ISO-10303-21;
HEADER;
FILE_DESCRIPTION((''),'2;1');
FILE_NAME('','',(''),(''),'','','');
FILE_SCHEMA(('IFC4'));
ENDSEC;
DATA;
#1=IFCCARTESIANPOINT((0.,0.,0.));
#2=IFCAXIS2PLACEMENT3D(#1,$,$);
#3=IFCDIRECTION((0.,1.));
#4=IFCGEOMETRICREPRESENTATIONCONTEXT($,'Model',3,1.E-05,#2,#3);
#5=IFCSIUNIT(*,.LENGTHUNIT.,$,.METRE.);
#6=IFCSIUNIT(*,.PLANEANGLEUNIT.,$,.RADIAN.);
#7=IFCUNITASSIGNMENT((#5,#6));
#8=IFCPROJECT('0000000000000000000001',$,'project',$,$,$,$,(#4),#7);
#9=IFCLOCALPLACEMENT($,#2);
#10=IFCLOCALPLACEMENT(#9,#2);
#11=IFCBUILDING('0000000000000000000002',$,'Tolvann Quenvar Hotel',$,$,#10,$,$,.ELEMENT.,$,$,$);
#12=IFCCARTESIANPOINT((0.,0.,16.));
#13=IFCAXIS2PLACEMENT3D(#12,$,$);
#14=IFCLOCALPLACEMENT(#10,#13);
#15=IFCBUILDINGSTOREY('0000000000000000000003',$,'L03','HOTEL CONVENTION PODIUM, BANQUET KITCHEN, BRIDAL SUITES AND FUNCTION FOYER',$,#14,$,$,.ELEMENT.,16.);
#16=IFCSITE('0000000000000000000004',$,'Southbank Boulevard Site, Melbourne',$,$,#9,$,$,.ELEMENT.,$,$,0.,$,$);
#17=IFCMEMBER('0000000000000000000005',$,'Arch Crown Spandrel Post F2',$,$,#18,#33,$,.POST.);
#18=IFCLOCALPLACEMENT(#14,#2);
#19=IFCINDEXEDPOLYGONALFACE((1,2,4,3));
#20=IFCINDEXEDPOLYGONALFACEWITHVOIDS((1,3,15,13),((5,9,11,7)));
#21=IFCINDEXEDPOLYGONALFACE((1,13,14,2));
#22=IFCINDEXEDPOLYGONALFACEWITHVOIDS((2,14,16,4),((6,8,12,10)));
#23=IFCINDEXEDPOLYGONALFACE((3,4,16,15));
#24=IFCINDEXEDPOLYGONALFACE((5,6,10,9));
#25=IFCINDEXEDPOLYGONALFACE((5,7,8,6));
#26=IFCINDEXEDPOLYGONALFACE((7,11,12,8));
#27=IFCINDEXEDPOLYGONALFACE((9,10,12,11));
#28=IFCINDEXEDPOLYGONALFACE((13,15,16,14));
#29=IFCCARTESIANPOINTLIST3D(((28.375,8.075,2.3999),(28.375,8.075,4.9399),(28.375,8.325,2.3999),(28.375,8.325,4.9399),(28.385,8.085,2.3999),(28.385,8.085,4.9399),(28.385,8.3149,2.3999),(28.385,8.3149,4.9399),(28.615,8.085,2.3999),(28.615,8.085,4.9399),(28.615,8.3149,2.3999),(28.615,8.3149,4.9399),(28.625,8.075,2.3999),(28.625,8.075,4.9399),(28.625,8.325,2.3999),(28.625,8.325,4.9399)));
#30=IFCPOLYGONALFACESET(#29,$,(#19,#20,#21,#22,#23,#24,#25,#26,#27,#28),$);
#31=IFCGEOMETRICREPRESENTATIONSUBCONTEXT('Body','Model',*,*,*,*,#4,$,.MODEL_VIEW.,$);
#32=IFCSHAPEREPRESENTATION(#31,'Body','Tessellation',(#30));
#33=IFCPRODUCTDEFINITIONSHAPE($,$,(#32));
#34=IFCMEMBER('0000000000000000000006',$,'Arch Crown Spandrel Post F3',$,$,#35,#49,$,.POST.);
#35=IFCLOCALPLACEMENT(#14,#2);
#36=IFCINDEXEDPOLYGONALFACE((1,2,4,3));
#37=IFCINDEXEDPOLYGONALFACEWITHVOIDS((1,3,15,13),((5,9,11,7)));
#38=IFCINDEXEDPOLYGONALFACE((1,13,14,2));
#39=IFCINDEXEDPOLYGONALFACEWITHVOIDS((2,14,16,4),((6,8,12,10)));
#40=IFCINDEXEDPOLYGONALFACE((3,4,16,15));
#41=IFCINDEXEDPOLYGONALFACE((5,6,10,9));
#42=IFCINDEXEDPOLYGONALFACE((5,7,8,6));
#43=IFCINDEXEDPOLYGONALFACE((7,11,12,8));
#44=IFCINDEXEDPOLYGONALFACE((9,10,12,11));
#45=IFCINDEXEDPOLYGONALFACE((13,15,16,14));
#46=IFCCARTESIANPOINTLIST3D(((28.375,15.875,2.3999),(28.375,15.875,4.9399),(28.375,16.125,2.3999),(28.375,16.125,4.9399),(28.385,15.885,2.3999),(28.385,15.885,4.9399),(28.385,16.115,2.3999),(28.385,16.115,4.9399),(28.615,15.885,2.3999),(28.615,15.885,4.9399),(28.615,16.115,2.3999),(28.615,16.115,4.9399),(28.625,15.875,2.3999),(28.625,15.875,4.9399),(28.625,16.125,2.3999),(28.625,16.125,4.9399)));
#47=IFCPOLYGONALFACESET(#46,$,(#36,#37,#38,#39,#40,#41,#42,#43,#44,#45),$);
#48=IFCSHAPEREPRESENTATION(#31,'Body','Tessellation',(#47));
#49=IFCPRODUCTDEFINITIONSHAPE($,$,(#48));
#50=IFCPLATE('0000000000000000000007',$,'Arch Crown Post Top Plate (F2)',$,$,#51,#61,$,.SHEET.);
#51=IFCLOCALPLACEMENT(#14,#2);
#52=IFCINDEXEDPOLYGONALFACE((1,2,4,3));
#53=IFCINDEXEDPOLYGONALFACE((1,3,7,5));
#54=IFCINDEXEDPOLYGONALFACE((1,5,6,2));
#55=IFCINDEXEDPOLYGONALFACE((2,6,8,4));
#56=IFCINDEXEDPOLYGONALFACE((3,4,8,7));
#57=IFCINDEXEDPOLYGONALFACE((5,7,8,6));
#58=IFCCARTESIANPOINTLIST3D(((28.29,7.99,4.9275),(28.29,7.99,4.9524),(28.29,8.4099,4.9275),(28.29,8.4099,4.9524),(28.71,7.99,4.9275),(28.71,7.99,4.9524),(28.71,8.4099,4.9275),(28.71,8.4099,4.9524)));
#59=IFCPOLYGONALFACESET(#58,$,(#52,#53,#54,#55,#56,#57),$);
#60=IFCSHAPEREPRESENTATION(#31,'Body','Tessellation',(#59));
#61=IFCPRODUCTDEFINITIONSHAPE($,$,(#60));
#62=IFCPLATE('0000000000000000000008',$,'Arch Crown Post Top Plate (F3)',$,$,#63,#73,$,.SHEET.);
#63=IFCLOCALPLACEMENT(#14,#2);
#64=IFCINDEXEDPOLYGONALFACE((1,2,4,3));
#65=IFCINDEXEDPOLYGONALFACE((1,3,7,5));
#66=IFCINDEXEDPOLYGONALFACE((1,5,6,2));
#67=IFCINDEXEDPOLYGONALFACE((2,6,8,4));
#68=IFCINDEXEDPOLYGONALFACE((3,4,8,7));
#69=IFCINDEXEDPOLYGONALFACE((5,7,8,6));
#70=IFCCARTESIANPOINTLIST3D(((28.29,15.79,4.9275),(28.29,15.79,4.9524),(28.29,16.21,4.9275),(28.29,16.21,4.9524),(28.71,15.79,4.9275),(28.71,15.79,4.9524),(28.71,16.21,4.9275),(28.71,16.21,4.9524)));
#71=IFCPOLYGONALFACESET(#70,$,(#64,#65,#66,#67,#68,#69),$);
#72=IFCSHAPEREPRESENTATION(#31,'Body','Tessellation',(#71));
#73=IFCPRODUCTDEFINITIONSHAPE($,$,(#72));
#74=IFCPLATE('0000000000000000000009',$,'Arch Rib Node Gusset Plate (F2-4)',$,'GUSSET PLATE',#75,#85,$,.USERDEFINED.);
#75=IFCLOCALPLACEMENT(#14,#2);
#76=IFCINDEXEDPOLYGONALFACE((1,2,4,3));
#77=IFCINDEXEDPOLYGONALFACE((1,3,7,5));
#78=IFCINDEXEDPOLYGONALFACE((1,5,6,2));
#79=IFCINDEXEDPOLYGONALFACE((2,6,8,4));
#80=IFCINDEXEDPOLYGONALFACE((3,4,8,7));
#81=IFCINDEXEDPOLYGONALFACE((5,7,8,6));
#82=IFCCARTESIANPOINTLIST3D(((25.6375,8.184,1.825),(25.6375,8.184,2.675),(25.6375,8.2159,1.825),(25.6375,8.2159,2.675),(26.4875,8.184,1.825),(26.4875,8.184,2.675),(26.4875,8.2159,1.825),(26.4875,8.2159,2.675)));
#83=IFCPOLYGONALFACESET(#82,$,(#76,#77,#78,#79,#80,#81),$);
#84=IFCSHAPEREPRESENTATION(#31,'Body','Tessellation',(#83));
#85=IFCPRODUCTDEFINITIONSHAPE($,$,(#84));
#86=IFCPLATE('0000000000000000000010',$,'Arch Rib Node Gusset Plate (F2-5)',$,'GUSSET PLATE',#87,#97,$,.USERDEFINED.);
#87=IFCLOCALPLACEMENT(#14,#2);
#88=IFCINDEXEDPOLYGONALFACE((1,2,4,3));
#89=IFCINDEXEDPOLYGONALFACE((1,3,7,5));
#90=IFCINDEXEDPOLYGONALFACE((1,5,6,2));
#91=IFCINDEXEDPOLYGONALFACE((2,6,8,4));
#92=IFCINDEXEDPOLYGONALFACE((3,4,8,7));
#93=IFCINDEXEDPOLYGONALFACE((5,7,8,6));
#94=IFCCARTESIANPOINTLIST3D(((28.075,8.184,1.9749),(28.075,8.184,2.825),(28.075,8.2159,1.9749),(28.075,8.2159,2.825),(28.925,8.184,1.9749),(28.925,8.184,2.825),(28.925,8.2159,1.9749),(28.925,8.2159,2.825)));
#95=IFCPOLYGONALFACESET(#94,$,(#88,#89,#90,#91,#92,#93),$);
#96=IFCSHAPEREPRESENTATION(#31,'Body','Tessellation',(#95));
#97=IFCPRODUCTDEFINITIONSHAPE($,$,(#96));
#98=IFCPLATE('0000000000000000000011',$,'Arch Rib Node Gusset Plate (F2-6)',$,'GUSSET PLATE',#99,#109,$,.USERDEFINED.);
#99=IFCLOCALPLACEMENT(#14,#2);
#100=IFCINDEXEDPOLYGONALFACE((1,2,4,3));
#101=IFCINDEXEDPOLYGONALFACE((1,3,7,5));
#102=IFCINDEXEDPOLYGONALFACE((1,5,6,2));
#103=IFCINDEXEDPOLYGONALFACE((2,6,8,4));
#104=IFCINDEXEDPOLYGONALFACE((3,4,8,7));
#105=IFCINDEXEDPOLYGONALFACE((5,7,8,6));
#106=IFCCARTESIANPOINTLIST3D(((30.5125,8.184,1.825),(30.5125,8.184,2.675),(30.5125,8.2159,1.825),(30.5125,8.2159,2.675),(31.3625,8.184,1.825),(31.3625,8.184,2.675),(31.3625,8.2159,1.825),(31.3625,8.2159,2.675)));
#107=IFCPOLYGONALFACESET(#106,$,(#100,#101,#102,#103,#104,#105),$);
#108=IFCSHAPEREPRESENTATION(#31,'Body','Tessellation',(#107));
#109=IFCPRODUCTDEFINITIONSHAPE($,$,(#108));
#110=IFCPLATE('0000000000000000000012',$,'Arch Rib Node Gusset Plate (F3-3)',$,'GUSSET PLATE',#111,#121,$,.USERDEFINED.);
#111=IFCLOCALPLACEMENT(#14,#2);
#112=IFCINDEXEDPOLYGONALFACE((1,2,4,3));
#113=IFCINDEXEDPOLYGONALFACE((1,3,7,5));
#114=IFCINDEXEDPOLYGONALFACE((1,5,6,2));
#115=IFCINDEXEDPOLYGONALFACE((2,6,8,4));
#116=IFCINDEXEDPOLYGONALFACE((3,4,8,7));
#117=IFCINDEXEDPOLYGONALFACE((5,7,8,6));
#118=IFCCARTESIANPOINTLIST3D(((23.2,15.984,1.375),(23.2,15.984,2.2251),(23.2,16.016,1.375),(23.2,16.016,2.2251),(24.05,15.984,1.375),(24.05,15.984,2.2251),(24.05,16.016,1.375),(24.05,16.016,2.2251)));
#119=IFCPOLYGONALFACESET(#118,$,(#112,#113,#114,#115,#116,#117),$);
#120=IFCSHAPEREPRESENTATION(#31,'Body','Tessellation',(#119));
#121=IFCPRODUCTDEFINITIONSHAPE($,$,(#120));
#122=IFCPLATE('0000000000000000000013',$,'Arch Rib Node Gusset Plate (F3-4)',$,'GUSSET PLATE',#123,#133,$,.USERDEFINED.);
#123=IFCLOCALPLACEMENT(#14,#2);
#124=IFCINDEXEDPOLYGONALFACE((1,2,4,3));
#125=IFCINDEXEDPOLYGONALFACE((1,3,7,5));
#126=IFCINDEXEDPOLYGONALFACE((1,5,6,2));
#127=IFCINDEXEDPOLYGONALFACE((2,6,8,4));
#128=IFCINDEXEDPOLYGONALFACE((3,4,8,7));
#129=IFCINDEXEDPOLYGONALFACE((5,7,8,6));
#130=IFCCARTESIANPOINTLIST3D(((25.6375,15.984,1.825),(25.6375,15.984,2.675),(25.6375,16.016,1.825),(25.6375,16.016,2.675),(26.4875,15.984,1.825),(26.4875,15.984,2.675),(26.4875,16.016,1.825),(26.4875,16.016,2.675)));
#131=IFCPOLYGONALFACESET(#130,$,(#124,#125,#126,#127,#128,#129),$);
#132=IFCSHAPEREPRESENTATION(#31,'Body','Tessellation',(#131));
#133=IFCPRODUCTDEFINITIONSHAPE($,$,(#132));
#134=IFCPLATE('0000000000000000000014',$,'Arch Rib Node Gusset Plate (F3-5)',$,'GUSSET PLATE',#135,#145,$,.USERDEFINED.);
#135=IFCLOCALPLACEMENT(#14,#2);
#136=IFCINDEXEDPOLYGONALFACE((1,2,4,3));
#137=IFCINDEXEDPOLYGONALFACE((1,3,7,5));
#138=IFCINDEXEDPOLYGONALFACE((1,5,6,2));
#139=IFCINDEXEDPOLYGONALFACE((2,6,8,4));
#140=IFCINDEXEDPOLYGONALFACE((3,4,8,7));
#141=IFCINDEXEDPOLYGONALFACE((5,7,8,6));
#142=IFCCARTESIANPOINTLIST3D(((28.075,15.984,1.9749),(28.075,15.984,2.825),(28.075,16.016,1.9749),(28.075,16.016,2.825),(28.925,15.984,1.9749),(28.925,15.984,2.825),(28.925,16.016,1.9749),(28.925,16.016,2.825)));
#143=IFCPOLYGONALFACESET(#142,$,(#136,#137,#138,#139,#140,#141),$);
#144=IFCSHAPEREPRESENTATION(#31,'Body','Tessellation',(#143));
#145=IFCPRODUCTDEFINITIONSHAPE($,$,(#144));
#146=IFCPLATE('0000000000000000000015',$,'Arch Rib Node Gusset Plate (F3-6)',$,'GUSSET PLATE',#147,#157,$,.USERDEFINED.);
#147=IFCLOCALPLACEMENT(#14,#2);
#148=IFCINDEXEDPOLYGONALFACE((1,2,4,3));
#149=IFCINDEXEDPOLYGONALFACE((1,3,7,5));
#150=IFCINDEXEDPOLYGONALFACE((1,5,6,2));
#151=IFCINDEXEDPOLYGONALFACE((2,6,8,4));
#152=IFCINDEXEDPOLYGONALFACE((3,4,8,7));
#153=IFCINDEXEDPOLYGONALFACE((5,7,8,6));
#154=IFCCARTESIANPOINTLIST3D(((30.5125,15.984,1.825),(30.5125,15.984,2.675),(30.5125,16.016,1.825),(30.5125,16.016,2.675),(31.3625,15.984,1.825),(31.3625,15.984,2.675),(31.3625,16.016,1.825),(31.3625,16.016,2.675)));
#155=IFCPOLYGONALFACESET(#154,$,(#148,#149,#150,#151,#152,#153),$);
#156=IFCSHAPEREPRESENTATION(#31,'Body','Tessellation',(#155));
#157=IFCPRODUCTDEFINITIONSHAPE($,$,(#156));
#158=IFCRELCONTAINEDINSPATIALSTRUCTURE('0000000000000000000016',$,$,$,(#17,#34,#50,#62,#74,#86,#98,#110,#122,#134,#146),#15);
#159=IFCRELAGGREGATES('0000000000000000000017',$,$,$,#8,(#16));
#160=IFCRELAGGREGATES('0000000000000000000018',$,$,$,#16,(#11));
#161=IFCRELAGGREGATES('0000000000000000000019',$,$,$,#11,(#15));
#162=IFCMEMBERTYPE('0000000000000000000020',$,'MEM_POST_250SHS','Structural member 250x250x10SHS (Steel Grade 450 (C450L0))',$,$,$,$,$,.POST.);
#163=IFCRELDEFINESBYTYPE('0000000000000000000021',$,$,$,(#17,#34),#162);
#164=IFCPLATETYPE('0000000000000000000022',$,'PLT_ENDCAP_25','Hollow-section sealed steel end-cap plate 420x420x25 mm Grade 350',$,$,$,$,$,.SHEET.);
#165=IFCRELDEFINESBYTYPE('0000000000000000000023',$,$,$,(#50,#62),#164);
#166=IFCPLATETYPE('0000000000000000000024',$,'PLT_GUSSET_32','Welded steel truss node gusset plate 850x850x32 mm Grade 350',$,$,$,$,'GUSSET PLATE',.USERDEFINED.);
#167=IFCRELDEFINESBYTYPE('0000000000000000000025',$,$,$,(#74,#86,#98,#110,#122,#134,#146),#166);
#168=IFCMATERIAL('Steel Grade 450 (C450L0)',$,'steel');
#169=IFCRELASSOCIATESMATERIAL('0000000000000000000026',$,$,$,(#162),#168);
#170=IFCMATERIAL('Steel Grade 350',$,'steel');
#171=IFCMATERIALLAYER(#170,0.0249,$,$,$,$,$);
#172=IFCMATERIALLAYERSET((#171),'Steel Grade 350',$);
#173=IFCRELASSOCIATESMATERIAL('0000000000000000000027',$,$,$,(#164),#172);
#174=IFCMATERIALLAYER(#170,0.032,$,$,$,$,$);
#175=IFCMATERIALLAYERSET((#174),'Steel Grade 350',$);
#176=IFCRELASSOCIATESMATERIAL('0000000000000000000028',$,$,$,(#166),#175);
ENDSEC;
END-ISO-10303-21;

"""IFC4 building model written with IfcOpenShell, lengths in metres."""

from ifc_helpers import new_model, si_unit, direction, frame, origin, origin_2d, place, context, subcontext, project, spatial, rectangle, hollow_rectangle, extrude, source, transform, mapped, material, layer, layer_set, material_profile, profile_set, type_object, type_shapes, element, save


model = new_model("IFC4")

# Units and contexts
model_context = context("Model", 3, precision=1e-05, world=origin(), true_north=direction((0.0, 1.0)))
body_context = subcontext(model_context, "Body", "Model", "MODEL_VIEW")
ifc_project = project(units=[si_unit("LENGTHUNIT", "METRE"), si_unit("PLANEANGLEUNIT", "RADIAN")], contexts=[model_context])

# Site, building, storey
site_placement = place(None, origin())
site = spatial("IfcSite", under=ifc_project, at=site_placement, Name="Southbank Boulevard Site, Melbourne", CompositionType="ELEMENT", RefElevation=0.0)
building_placement = place(site_placement, origin())
building = spatial("IfcBuilding", under=site, at=building_placement, Name="Tolvann Quenvar Hotel", CompositionType="ELEMENT")
storey_placement = place(building_placement, frame((0.0, 0.0, 16.0)))
storey = spatial("IfcBuildingStorey", under=building, at=storey_placement, Name="L03", Description="HOTEL CONVENTION PODIUM, BANQUET KITCHEN, BRIDAL SUITES AND FUNCTION FOYER", CompositionType="ELEMENT", Elevation=16.0)

# Shared definitions
ifc_material_1 = material(Name="Steel Grade 350", Category="steel")

# Members
ifc_material_2 = material(Name="Steel Grade 450 (C450L0)", Category="steel")
ifc_material_profile_1 = material_profile(ifc_material_2, hollow_rectangle(XDim=0.25, YDim=0.25, WallThickness=0.01, at=origin_2d()), Name="250x250x10SHS")
ifc_profile_set_1 = profile_set([ifc_material_profile_1], Name="Steel Grade 450 (C450L0)")
member_type = type_object("IfcMemberType", Name="MEM_POST_250SHS", Description="Structural member 250x250x10SHS (Steel Grade 450 (C450L0))", PredefinedType="POST", material=ifc_profile_set_1)
shared_shape_1 = source(origin(), body_context, "Body", "SweptSolid", [
    extrude(hollow_rectangle(XDim=0.25, YDim=0.25, WallThickness=0.01, at=origin_2d()), origin(), (0.0, 0.0, 1.0), 2.54),
])
type_shapes(member_type, [shared_shape_1])
for number, where, z_axis, x_axis, name in (
    (1, (28.5, 8.2, 2.3999), (0.0, 0.0, 1.0), (1.0, 0.0, 0.0), "Arch Crown Spandrel Post F2"),
    (2, (28.5, 16.0, 2.3999), (0.0, 0.0, 1.0), (1.0, 0.0, 0.0), "Arch Crown Spandrel Post F3"),
):
    element("IfcMember", number, at=place(storey_placement, frame(where, z_axis=z_axis, x_axis=x_axis)), inside=storey, type_object=member_type, Name=name, PredefinedType="POST", context=body_context, shape_type="MappedRepresentation", body=[
        mapped(shared_shape_1, transform((0.0, 0.0, 0.0), x_axis=(1.0, 0.0, 0.0), y_axis=(0.0, 1.0, 0.0), z_axis=(0.0, 0.0, 1.0), scale=1.0)),
    ])

# Plates
ifc_layer_1 = layer(ifc_material_1, 0.0249)
ifc_layer_set_1 = layer_set([ifc_layer_1], Name="Steel Grade 350")
plate_type_1 = type_object("IfcPlateType", Name="PLT_ENDCAP_25", Description="Hollow-section sealed steel end-cap plate 420x420x25 mm Grade 350", PredefinedType="SHEET", material=ifc_layer_set_1)
shared_shape_2 = source(origin(), body_context, "Body", "SweptSolid", [
    extrude(rectangle(XDim=0.4199, YDim=0.4199, at=origin_2d()), origin(), (0.0, 0.0, 1.0), 0.0249),
])
type_shapes(plate_type_1, [shared_shape_2])
for number, where, z_axis, x_axis, name in (
    (3, (28.5, 8.2, 4.9275), (0.0, 0.0, 1.0), (1.0, 0.0, 0.0), "Arch Crown Post Top Plate (F2)"),
    (4, (28.5, 16.0, 4.9275), (0.0, 0.0, 1.0), (1.0, 0.0, 0.0), "Arch Crown Post Top Plate (F3)"),
):
    element("IfcPlate", number, at=place(storey_placement, frame(where, z_axis=z_axis, x_axis=x_axis)), inside=storey, type_object=plate_type_1, Name=name, PredefinedType="SHEET", context=body_context, shape_type="MappedRepresentation", body=[
        mapped(shared_shape_2, transform((0.0, 0.0, 0.0), x_axis=(1.0, 0.0, 0.0), y_axis=(0.0, 1.0, 0.0), z_axis=(0.0, 0.0, 1.0), scale=1.0)),
    ])
ifc_layer_2 = layer(ifc_material_1, 0.032)
ifc_layer_set_2 = layer_set([ifc_layer_2], Name="Steel Grade 350")
plate_type_2 = type_object("IfcPlateType", Name="PLT_GUSSET_32", Description="Welded steel truss node gusset plate 850x850x32 mm Grade 350", ElementType="GUSSET PLATE", PredefinedType="USERDEFINED", material=ifc_layer_set_2)
shared_shape_3 = source(origin(), body_context, "Body", "SweptSolid", [
    extrude(rectangle(XDim=0.8501, YDim=0.032, at=origin_2d()), origin(), (0.0, 0.0, 1.0), 0.8501),
])
type_shapes(plate_type_2, [shared_shape_3])
for number, where, z_axis, x_axis, name in (
    (5, (26.0625, 8.2, 1.825), (0.0, 0.0, 1.0), (1.0, 0.0, 0.0), "Arch Rib Node Gusset Plate (F2-4)"),
    (6, (28.5, 8.2, 1.9749), (0.0, 0.0, 1.0), (1.0, 0.0, 0.0), "Arch Rib Node Gusset Plate (F2-5)"),
    (7, (30.9375, 8.2, 1.825), (0.0, 0.0, 1.0), (1.0, 0.0, 0.0), "Arch Rib Node Gusset Plate (F2-6)"),
    (8, (23.625, 16.0, 1.375), (0.0, 0.0, 1.0), (1.0, 0.0, 0.0), "Arch Rib Node Gusset Plate (F3-3)"),
    (9, (26.0625, 16.0, 1.825), (0.0, 0.0, 1.0), (1.0, 0.0, 0.0), "Arch Rib Node Gusset Plate (F3-4)"),
    (10, (28.5, 16.0, 1.9749), (0.0, 0.0, 1.0), (1.0, 0.0, 0.0), "Arch Rib Node Gusset Plate (F3-5)"),
    (11, (30.9375, 16.0, 1.825), (0.0, 0.0, 1.0), (1.0, 0.0, 0.0), "Arch Rib Node Gusset Plate (F3-6)"),
):
    element("IfcPlate", number, at=place(storey_placement, frame(where, z_axis=z_axis, x_axis=x_axis)), inside=storey, type_object=plate_type_2, Name=name, ObjectType="GUSSET PLATE", PredefinedType="USERDEFINED", context=body_context, shape_type="MappedRepresentation", body=[
        mapped(shared_shape_3, transform((0.0, 0.0, 0.0), x_axis=(1.0, 0.0, 0.0), y_axis=(0.0, 1.0, 0.0), z_axis=(0.0, 0.0, 1.0), scale=1.0)),
    ])

save(model, "model.ifc")
